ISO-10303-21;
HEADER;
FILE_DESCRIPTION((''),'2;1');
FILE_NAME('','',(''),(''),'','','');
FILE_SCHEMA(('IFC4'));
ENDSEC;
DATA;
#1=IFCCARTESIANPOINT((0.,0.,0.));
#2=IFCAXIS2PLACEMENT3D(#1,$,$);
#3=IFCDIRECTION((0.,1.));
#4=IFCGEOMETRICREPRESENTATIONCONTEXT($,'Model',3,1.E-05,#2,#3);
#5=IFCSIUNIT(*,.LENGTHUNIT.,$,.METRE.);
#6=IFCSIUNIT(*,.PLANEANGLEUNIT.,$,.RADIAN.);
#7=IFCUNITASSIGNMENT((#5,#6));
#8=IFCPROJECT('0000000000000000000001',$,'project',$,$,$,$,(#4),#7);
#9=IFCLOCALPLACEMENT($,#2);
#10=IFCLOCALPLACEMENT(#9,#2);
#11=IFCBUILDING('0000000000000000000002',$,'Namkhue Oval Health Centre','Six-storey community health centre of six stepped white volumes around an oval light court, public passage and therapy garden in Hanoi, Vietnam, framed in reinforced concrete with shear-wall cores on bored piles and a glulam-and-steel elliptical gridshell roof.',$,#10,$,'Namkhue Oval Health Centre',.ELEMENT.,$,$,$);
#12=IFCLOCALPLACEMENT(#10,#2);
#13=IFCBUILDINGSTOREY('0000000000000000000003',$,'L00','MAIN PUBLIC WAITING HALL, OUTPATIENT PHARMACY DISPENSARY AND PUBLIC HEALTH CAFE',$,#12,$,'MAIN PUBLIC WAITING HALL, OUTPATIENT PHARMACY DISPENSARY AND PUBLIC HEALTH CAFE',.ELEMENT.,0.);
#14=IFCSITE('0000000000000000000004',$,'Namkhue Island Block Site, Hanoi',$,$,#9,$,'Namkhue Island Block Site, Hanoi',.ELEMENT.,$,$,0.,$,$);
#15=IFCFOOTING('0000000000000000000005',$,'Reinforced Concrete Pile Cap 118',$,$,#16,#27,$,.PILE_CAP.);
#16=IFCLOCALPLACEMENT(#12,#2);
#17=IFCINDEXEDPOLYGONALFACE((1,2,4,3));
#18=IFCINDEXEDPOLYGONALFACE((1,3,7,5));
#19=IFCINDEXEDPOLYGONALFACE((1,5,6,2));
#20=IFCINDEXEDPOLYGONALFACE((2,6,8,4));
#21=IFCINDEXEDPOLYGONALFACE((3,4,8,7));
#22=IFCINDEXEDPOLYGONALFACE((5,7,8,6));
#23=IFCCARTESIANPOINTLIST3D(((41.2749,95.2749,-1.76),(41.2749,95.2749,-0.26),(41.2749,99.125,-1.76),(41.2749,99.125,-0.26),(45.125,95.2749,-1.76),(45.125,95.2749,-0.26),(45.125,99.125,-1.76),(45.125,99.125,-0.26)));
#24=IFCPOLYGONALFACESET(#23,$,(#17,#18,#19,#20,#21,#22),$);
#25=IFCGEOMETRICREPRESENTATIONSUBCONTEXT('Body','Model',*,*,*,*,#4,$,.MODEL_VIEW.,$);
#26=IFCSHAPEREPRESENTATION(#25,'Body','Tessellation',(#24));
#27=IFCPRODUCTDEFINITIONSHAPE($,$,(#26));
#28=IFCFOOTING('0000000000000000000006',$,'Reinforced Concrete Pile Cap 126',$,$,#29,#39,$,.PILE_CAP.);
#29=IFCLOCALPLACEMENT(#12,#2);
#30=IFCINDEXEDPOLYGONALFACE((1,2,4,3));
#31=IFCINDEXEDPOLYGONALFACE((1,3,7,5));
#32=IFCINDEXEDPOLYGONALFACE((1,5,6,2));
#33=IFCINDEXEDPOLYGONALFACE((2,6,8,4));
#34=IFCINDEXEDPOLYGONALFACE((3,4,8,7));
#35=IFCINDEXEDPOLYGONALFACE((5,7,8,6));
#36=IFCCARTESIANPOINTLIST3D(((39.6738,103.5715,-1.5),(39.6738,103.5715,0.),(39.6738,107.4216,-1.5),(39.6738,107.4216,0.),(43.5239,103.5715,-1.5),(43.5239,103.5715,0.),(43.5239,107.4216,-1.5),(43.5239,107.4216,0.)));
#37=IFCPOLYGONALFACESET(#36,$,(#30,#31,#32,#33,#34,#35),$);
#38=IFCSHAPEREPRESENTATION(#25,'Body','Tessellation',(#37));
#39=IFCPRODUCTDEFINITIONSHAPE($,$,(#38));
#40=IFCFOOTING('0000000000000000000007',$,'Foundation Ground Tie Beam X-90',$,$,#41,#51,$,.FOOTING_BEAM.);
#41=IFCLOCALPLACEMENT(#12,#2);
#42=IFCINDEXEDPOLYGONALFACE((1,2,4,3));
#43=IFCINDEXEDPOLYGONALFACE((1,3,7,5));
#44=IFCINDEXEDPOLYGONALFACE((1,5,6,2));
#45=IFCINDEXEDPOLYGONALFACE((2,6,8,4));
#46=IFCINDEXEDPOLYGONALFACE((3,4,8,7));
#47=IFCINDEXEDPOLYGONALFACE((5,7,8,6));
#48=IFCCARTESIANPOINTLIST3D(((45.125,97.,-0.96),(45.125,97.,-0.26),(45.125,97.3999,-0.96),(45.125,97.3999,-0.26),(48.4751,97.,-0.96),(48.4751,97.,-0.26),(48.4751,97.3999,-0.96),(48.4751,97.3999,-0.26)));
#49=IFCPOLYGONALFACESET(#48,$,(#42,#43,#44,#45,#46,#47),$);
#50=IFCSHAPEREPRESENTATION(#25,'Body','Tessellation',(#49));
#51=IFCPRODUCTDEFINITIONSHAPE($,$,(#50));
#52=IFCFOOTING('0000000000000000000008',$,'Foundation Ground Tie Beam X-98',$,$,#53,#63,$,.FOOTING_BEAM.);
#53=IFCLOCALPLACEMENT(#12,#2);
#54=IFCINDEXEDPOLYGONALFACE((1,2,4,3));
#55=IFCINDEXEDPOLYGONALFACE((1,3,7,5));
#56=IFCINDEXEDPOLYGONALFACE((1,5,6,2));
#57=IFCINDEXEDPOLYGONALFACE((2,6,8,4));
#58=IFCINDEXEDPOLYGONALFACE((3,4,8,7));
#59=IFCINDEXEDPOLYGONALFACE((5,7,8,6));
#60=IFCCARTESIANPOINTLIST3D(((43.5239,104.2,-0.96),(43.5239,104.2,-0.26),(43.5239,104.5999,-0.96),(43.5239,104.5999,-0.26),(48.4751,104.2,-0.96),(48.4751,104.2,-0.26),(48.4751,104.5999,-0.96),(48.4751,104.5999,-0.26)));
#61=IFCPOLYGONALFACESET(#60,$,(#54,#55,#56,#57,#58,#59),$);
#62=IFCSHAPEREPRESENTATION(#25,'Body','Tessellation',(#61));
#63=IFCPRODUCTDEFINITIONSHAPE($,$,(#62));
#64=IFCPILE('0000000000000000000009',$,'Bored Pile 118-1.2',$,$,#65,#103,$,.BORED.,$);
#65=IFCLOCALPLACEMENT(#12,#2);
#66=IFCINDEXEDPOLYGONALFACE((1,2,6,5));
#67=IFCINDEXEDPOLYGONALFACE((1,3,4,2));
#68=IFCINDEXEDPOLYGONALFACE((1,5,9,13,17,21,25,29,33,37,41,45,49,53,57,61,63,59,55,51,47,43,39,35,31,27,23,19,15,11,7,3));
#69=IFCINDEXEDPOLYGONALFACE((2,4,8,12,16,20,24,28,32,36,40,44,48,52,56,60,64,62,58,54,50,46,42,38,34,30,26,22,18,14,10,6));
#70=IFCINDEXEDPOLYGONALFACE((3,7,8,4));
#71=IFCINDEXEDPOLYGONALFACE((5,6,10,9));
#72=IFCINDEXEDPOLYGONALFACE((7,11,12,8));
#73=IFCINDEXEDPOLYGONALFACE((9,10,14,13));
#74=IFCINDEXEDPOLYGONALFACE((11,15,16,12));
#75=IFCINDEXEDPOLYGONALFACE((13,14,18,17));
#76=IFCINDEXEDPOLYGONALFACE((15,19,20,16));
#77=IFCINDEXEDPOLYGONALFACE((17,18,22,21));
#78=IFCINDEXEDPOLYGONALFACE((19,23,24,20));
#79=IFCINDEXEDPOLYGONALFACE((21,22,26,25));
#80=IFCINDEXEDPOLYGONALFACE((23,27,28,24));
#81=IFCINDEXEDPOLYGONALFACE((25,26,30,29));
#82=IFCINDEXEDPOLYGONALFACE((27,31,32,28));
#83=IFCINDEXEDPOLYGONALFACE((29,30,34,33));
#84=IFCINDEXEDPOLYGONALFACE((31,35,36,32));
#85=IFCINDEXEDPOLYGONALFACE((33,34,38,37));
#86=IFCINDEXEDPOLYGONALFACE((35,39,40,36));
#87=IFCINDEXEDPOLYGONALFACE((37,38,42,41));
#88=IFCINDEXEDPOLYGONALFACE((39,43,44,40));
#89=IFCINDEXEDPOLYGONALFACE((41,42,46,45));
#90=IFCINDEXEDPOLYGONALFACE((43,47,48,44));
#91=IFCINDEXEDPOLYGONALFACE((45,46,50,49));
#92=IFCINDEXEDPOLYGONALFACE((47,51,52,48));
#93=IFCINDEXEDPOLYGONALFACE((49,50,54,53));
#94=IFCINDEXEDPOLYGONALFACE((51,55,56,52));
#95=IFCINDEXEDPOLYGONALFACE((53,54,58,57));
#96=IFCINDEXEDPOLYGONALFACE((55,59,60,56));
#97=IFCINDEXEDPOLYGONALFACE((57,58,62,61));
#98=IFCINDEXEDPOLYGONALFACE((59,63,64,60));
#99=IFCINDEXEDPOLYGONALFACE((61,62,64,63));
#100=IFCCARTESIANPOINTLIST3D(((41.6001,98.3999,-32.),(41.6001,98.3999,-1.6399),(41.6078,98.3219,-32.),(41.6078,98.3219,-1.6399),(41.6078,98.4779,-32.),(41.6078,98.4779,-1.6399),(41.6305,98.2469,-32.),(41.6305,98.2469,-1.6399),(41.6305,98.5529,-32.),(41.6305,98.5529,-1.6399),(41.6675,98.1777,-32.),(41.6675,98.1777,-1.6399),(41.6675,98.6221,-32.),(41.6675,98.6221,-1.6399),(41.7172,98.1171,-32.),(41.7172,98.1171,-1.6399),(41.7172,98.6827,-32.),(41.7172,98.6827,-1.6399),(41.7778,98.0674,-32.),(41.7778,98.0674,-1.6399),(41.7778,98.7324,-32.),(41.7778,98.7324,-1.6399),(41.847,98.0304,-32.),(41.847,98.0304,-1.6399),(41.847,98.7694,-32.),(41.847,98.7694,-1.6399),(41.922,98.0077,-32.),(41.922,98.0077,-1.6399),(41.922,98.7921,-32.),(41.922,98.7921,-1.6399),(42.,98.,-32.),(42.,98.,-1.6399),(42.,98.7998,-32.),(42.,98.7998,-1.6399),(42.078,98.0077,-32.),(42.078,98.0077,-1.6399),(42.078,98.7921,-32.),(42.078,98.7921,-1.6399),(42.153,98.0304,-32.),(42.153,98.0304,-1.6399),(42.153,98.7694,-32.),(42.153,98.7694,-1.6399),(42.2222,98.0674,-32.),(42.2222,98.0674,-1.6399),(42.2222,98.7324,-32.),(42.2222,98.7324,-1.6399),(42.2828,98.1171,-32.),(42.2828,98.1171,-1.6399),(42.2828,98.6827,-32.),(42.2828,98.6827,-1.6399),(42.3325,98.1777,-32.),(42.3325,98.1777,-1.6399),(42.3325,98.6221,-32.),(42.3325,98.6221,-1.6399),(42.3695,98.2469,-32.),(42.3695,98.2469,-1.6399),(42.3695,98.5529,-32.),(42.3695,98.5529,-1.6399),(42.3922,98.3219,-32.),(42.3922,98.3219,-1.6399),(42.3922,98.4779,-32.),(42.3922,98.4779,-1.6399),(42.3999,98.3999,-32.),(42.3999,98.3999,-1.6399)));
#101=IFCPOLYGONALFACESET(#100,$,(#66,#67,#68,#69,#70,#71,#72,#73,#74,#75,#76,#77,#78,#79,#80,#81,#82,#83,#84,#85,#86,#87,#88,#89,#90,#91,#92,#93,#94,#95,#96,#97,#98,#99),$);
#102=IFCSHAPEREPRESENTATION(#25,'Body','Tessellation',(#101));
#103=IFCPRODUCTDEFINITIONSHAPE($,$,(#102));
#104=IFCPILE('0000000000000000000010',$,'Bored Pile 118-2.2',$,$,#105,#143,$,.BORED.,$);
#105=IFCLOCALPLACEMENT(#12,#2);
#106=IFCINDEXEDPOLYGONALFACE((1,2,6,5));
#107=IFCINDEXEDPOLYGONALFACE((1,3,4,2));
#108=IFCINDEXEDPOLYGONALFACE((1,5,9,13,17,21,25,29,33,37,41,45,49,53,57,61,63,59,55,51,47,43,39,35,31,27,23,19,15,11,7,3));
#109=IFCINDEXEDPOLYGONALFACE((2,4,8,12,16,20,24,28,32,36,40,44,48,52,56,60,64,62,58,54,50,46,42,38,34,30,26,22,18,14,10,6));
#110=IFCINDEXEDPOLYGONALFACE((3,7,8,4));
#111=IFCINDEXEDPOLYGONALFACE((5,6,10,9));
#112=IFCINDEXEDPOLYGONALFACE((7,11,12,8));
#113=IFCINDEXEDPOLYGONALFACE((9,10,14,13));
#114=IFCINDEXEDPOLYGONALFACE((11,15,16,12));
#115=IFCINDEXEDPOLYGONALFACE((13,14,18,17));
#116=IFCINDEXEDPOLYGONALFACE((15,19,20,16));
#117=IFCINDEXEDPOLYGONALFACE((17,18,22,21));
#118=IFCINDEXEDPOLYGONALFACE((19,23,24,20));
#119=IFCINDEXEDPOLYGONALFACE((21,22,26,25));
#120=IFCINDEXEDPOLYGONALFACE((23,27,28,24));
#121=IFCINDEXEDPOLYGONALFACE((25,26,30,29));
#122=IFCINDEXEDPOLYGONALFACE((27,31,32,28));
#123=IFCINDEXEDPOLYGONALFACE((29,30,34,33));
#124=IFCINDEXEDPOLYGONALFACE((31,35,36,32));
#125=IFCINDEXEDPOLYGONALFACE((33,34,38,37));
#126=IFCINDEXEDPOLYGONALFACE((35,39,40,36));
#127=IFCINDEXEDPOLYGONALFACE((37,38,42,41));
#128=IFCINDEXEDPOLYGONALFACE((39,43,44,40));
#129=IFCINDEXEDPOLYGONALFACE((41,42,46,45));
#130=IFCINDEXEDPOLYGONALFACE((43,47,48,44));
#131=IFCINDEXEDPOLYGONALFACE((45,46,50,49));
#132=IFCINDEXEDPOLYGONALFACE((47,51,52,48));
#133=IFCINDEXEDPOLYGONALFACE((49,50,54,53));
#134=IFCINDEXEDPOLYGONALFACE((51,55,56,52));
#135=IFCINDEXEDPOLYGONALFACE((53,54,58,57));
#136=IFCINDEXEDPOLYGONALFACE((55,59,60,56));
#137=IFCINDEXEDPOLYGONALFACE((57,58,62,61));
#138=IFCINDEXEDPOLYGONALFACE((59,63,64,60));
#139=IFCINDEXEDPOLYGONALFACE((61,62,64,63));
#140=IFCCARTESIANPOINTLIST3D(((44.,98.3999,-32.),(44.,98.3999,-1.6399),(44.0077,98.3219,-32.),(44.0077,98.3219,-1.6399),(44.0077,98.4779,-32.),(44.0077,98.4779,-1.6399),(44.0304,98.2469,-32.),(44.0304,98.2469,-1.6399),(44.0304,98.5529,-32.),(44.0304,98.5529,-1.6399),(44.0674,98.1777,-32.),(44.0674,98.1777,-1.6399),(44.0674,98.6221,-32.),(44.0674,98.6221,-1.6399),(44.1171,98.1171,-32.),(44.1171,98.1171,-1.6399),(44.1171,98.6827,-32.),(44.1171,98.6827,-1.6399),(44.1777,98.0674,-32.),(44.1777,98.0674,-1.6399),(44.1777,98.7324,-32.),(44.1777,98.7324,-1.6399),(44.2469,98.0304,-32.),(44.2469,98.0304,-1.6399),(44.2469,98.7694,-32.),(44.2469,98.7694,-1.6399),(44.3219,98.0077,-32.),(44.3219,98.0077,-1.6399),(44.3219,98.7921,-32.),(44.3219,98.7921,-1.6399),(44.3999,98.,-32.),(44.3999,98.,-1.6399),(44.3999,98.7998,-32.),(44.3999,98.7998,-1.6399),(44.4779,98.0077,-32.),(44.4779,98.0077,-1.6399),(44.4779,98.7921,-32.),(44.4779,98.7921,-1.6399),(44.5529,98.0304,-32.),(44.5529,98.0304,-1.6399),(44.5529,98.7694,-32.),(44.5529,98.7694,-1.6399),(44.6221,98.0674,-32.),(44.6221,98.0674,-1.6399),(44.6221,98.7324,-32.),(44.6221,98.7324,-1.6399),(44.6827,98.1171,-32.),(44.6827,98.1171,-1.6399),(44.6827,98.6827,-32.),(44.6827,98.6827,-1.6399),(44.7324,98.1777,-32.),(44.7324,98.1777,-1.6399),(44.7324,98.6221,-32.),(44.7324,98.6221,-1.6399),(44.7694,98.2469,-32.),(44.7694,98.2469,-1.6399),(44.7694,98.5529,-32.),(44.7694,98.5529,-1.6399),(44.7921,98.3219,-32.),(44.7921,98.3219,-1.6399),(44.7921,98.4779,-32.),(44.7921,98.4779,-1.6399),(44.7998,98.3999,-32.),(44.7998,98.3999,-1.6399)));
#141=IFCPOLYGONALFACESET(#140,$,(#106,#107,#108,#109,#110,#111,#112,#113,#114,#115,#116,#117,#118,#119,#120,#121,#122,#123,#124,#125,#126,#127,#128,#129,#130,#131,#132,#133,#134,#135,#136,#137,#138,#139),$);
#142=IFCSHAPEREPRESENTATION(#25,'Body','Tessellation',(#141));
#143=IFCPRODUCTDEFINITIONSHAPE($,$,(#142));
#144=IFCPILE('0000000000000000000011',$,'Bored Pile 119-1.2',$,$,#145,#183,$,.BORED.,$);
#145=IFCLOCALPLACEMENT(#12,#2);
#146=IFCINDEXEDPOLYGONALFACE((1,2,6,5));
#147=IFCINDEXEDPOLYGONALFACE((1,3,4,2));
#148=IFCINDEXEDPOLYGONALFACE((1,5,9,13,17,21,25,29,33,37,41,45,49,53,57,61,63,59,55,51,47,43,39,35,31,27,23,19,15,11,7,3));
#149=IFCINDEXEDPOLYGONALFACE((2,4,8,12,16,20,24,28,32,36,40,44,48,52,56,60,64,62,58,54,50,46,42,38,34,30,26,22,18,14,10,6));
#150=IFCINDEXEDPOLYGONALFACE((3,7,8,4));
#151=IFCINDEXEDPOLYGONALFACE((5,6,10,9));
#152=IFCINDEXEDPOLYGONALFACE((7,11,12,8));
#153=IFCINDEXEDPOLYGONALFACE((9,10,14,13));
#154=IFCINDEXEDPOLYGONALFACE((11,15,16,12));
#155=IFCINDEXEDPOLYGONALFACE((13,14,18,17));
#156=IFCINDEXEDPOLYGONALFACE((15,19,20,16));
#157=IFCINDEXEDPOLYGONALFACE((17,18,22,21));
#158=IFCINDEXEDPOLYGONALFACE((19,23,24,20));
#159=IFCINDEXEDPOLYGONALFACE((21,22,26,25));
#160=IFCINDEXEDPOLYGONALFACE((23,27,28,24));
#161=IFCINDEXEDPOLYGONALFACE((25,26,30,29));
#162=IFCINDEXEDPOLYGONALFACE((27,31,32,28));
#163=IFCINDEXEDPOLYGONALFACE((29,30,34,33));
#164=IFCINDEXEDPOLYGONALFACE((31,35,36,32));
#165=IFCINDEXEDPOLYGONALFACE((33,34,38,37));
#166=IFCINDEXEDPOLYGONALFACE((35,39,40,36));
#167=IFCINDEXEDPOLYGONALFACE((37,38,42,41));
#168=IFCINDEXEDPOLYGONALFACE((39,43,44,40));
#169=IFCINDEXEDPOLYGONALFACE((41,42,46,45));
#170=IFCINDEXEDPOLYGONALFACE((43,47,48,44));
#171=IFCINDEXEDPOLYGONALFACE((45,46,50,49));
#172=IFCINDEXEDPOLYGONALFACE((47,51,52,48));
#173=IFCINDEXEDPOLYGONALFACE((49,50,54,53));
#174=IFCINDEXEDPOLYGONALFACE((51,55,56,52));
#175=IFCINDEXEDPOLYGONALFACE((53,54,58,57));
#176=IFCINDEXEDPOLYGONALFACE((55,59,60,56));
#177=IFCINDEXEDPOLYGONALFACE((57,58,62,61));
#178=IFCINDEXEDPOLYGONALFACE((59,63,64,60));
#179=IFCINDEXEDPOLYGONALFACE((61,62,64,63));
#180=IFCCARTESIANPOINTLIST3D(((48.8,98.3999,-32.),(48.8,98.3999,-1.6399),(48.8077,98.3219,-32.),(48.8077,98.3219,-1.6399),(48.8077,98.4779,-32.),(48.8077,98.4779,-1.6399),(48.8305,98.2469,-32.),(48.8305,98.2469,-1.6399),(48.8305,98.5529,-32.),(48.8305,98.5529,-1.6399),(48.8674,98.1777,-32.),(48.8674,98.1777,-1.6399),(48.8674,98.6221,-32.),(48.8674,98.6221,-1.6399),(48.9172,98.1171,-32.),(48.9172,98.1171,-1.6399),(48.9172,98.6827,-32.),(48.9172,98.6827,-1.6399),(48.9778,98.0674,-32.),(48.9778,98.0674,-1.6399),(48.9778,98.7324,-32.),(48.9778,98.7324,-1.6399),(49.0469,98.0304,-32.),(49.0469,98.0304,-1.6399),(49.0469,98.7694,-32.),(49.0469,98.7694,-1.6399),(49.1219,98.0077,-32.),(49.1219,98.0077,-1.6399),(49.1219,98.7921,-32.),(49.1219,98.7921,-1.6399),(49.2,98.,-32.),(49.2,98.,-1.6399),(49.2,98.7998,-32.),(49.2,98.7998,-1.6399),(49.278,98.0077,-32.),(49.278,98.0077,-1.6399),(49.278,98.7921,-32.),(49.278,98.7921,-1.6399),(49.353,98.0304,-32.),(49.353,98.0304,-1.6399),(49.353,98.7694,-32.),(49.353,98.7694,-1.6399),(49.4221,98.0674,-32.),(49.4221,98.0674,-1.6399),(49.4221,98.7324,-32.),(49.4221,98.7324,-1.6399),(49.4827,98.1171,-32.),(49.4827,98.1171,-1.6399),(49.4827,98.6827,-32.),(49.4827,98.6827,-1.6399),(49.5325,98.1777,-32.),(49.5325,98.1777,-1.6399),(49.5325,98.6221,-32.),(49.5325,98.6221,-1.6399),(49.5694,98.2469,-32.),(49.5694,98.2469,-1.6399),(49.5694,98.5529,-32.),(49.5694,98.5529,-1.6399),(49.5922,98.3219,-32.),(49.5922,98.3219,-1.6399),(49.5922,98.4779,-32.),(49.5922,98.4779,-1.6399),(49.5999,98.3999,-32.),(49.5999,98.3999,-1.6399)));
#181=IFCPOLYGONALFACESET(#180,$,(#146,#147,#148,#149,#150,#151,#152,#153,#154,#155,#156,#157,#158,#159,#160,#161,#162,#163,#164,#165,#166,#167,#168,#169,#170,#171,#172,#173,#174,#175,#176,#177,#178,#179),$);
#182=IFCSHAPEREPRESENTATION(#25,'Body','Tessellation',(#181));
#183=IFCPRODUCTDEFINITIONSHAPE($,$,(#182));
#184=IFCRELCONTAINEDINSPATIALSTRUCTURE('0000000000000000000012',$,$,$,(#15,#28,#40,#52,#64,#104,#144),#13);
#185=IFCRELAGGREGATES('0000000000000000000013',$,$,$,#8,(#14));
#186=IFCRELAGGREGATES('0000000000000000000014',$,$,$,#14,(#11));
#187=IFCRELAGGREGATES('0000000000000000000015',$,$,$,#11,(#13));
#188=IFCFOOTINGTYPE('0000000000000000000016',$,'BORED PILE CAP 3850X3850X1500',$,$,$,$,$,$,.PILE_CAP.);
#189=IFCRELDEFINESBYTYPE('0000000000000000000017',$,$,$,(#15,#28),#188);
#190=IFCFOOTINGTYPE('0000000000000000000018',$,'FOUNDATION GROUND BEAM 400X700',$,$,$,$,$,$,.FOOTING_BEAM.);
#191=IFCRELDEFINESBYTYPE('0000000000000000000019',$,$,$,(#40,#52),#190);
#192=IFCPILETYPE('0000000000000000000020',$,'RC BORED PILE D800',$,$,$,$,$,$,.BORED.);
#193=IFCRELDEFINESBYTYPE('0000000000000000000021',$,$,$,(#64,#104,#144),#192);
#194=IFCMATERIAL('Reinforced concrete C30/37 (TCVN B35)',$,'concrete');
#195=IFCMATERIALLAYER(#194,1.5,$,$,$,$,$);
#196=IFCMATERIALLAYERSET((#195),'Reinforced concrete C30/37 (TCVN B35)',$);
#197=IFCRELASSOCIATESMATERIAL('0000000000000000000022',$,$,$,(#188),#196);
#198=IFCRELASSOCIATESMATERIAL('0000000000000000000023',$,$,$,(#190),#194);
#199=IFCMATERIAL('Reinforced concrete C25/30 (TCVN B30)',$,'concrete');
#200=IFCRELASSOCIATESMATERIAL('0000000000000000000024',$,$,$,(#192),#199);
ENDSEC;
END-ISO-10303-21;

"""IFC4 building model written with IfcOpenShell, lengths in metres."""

from ifc_helpers import new_model, si_unit, direction, frame, origin, origin_2d, place, context, subcontext, project, spatial, rectangle, circle, extrude, material, layer, layer_set, material_profile, profile_set, type_object, element, save


model = new_model("IFC4")

# Units and contexts
model_context = context("Model", 3, precision=1e-05, world=origin(), true_north=direction((0.0, 1.0)))
body_context = subcontext(model_context, "Body", "Model", "MODEL_VIEW")
ifc_project = project(units=[si_unit("LENGTHUNIT", "METRE"), si_unit("PLANEANGLEUNIT", "RADIAN")], contexts=[model_context])

# Site, building, storey
site_placement = place(None, origin())
site = spatial("IfcSite", under=ifc_project, at=site_placement, Name="Namkhue Island Block Site, Hanoi", LongName="Namkhue Island Block Site, Hanoi", CompositionType="ELEMENT", RefElevation=0.0)
building_placement = place(site_placement, origin())
building = spatial("IfcBuilding", under=site, at=building_placement, Name="Namkhue Oval Health Centre", Description="Six-storey community health centre of six stepped white volumes around an oval light court, public passage and therapy garden in Hanoi, Vietnam, framed in reinforced concrete with shear-wall cores on bored piles and a glulam-and-steel elliptical gridshell roof.", LongName="Namkhue Oval Health Centre", CompositionType="ELEMENT")
storey_placement = place(building_placement, origin())
storey = spatial("IfcBuildingStorey", under=building, at=storey_placement, Name="L00", Description="MAIN PUBLIC WAITING HALL, OUTPATIENT PHARMACY DISPENSARY AND PUBLIC HEALTH CAFE", LongName="MAIN PUBLIC WAITING HALL, OUTPATIENT PHARMACY DISPENSARY AND PUBLIC HEALTH CAFE", CompositionType="ELEMENT", Elevation=0.0)

# Footings
ifc_material_1 = material(Name="Reinforced concrete C30/37 (TCVN B35)", Category="concrete")
ifc_layer_1 = layer(ifc_material_1, 1.5)
ifc_layer_set_1 = layer_set([ifc_layer_1], Name="Reinforced concrete C30/37 (TCVN B35)")
footing_type_1 = type_object("IfcFootingType", Name="BORED PILE CAP 3850X3850X1500", PredefinedType="PILE_CAP", material=ifc_layer_set_1)
for number, where, z_axis, x_axis, name in (
    (1, (43.2, 97.2, -1.76), (0.0, 0.0, 1.0), (1.0, 0.0, 0.0), "Reinforced Concrete Pile Cap 118"),
    (2, (41.5989, 105.4966, -1.5), (0.0, 0.0, 1.0), (1.0, 0.0, 0.0), "Reinforced Concrete Pile Cap 126"),
):
    element("IfcFooting", number, at=place(storey_placement, frame(where, z_axis=z_axis, x_axis=x_axis)), inside=storey, type_object=footing_type_1, Name=name, PredefinedType="PILE_CAP", context=body_context, shape_type="SweptSolid", body=[
        extrude(rectangle(XDim=3.8501, YDim=3.8501, at=origin_2d()), origin(), (0.0, 0.0, 1.0), 1.5),
    ])
footing_type_2 = type_object("IfcFootingType", Name="FOUNDATION GROUND BEAM 400X700", PredefinedType="FOOTING_BEAM", material=ifc_material_1)
footing_1_placement = place(storey_placement, frame((46.8, 97.2, -0.96), z_axis=(0.0, 0.0, 1.0), x_axis=(1.0, 0.0, 0.0)))
element("IfcFooting", 3, at=footing_1_placement, inside=storey, type_object=footing_type_2, Name="Foundation Ground Tie Beam X-90", PredefinedType="FOOTING_BEAM", context=body_context, shape_type="SweptSolid", body=[
    extrude(rectangle(XDim=3.3501, YDim=0.3999, at=origin_2d()), origin(), (0.0, 0.0, 1.0), 0.7),
])
footing_2_placement = place(storey_placement, frame((45.9995, 104.3999, -0.96), z_axis=(0.0, 0.0, 1.0), x_axis=(1.0, 0.0, 0.0)))
element("IfcFooting", 4, at=footing_2_placement, inside=storey, type_object=footing_type_2, Name="Foundation Ground Tie Beam X-98", PredefinedType="FOOTING_BEAM", context=body_context, shape_type="SweptSolid", body=[
    extrude(rectangle(XDim=4.9512, YDim=0.3999, at=origin_2d()), origin(), (0.0, 0.0, 1.0), 0.7),
])

# Piles
ifc_material_2 = material(Name="Reinforced concrete C25/30 (TCVN B30)", Category="concrete")
ifc_material_profile_1 = material_profile(ifc_material_2, circle(Radius=0.3999, at=origin_2d()), Name="BORED PILE D800")
ifc_profile_set_1 = profile_set([ifc_material_profile_1], Name="Reinforced concrete C25/30 (TCVN B30)")
pile_type = type_object("IfcPileType", Name="RC BORED PILE D800", PredefinedType="BORED", material=ifc_profile_set_1)
for number, where, z_axis, x_axis, name in (
    (5, (42.0, 98.3999, -1.6399), (0.0, 0.0, -1.0), (1.0, 0.0, 0.0), "Bored Pile 118-1.2"),
    (6, (44.3999, 98.3999, -1.6399), (0.0, 0.0, -1.0), (1.0, 0.0, 0.0), "Bored Pile 118-2.2"),
    (7, (49.2, 98.3999, -1.6399), (0.0, 0.0, -1.0), (1.0, 0.0, 0.0), "Bored Pile 119-1.2"),
):
    element("IfcPile", number, at=place(storey_placement, frame(where, z_axis=z_axis, x_axis=x_axis)), inside=storey, type_object=pile_type, Name=name, PredefinedType="BORED", context=body_context, shape_type="SweptSolid", body=[
        extrude(circle(Radius=0.3999, at=origin_2d()), origin(), (0.0, 0.0, 1.0), 30.3601),
    ])

save(model, "model.ifc")
